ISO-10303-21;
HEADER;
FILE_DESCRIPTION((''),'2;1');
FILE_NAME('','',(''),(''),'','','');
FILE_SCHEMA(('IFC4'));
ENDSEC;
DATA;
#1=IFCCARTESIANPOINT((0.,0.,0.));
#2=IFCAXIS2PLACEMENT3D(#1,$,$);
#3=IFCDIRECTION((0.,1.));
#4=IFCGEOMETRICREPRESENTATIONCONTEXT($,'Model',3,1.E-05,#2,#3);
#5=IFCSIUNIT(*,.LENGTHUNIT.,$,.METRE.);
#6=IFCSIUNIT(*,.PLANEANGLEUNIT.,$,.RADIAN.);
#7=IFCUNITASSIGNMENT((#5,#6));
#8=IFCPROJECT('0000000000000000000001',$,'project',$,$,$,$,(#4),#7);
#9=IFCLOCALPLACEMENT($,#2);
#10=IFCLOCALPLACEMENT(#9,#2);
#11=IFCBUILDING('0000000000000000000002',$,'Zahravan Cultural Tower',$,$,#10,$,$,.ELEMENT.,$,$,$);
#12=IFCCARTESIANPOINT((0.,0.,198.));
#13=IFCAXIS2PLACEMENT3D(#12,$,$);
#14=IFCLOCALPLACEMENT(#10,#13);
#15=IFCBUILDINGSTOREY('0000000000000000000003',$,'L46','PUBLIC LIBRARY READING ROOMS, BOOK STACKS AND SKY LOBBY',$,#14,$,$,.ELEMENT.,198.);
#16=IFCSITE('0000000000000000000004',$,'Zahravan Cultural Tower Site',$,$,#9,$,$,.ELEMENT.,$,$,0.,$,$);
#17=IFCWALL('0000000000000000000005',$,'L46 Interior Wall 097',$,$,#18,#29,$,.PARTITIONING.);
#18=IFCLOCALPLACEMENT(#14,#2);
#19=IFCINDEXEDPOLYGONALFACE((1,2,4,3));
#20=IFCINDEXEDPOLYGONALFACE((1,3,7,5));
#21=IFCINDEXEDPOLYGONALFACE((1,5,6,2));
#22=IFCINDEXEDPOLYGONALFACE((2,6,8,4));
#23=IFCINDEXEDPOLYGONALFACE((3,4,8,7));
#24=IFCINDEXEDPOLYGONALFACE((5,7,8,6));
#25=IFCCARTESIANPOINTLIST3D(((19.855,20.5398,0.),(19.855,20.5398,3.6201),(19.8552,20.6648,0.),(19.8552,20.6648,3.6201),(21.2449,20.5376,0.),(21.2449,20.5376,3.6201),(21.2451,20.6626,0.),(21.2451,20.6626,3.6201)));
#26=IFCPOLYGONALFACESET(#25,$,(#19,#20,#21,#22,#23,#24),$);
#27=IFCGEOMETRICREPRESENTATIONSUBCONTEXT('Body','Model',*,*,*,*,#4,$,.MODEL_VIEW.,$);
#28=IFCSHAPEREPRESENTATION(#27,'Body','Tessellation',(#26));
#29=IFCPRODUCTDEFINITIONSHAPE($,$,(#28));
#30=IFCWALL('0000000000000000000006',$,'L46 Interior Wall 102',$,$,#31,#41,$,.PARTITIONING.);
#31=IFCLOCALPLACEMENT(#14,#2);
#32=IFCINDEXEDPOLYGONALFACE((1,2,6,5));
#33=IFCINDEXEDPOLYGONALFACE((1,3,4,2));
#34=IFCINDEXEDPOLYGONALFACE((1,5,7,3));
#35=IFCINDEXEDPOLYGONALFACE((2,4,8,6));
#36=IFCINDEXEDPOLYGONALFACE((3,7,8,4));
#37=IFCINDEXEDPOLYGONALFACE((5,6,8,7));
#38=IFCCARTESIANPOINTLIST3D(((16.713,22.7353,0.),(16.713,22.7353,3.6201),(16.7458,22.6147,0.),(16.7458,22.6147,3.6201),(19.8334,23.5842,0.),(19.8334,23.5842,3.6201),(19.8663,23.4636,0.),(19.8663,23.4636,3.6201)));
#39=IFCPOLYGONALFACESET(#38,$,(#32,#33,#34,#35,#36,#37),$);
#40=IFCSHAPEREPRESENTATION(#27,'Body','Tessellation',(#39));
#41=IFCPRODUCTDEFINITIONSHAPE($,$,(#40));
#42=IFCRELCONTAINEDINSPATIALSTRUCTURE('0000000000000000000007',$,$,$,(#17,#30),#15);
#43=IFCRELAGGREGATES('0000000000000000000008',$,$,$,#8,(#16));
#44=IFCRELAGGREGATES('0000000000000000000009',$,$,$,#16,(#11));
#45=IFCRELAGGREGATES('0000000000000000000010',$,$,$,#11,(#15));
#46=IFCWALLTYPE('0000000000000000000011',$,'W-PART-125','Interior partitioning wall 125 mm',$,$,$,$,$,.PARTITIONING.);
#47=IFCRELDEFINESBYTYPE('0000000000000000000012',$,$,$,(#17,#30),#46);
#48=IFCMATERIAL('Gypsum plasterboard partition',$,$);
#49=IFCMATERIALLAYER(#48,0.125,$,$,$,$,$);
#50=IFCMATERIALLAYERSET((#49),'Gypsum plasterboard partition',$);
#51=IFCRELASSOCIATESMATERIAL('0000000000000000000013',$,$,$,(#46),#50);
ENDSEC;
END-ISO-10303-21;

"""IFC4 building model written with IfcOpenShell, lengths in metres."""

from ifc_helpers import new_model, si_unit, direction, frame, frame_2d, origin, place, context, subcontext, project, spatial, rectangle, extrude, source, transform, mapped, material, layer, layer_set, type_object, element, save


model = new_model("IFC4")

# Units and contexts
model_context = context("Model", 3, precision=1e-05, world=origin(), true_north=direction((0.0, 1.0)))
body_context = subcontext(model_context, "Body", "Model", "MODEL_VIEW")
ifc_project = project(units=[si_unit("LENGTHUNIT", "METRE"), si_unit("PLANEANGLEUNIT", "RADIAN")], contexts=[model_context])

# Site, building, storey
site_placement = place(None, origin())
site = spatial("IfcSite", under=ifc_project, at=site_placement, Name="Zahravan Cultural Tower Site", CompositionType="ELEMENT", RefElevation=0.0)
building_placement = place(site_placement, origin())
building = spatial("IfcBuilding", under=site, at=building_placement, Name="Zahravan Cultural Tower", CompositionType="ELEMENT")
storey_placement = place(building_placement, frame((0.0, 0.0, 198.0)))
storey = spatial("IfcBuildingStorey", under=building, at=storey_placement, Name="L46", Description="PUBLIC LIBRARY READING ROOMS, BOOK STACKS AND SKY LOBBY", CompositionType="ELEMENT", Elevation=198.0)

# Shared definitions
ifc_material_1 = material(Name="Gypsum plasterboard partition")
ifc_layer_1 = layer(ifc_material_1, 0.125)
ifc_layer_set_1 = layer_set([ifc_layer_1], Name="Gypsum plasterboard partition")
wall_type = type_object("IfcWallType", Name="W-PART-125", Description="Interior partitioning wall 125 mm", PredefinedType="PARTITIONING", material=ifc_layer_set_1)

# Walls
shared_shape_1 = source(origin(), body_context, "Body", "SweptSolid", [
    extrude(rectangle(XDim=1.3899, YDim=0.125, at=frame_2d((0.6948, 0.0))), origin(), (0.0, 0.0, 1.0), 3.6201),
])
wall_1_placement = place(storey_placement, frame((19.8552, 20.6023, 0.0), z_axis=(0.0, 0.0, 1.0), x_axis=(0.999999, -0.001581, 0.0)))
element("IfcWall", 1, at=wall_1_placement, inside=storey, type_object=wall_type, Name="L46 Interior Wall 097", PredefinedType="PARTITIONING", context=body_context, shape_type="MappedRepresentation", body=[
    mapped(shared_shape_1, transform((0.0, 0.0, 0.0), x_axis=(1.0, 0.0, 0.0), y_axis=(0.0, 1.0, 0.0), z_axis=(0.0, 0.0, 1.0), scale=1.0)),
])
shared_shape_2 = source(origin(), body_context, "Body", "SweptSolid", [
    extrude(rectangle(XDim=3.2339, YDim=0.125, at=frame_2d((1.6169, 0.0))), origin(), (0.0, 0.0, 1.0), 3.6201),
])
wall_2_placement = place(storey_placement, frame((19.8499, 23.5239, 0.0), z_axis=(0.0, 0.0, 1.0), x_axis=(-0.964931, -0.262504, 0.0)))
element("IfcWall", 2, at=wall_2_placement, inside=storey, type_object=wall_type, Name="L46 Interior Wall 102", PredefinedType="PARTITIONING", context=body_context, shape_type="MappedRepresentation", body=[
    mapped(shared_shape_2, transform((0.0, 0.0, 0.0), x_axis=(1.0, 0.0, 0.0), y_axis=(0.0, 1.0, 0.0), z_axis=(0.0, 0.0, 1.0), scale=1.0)),
])

save(model, "model.ifc")
